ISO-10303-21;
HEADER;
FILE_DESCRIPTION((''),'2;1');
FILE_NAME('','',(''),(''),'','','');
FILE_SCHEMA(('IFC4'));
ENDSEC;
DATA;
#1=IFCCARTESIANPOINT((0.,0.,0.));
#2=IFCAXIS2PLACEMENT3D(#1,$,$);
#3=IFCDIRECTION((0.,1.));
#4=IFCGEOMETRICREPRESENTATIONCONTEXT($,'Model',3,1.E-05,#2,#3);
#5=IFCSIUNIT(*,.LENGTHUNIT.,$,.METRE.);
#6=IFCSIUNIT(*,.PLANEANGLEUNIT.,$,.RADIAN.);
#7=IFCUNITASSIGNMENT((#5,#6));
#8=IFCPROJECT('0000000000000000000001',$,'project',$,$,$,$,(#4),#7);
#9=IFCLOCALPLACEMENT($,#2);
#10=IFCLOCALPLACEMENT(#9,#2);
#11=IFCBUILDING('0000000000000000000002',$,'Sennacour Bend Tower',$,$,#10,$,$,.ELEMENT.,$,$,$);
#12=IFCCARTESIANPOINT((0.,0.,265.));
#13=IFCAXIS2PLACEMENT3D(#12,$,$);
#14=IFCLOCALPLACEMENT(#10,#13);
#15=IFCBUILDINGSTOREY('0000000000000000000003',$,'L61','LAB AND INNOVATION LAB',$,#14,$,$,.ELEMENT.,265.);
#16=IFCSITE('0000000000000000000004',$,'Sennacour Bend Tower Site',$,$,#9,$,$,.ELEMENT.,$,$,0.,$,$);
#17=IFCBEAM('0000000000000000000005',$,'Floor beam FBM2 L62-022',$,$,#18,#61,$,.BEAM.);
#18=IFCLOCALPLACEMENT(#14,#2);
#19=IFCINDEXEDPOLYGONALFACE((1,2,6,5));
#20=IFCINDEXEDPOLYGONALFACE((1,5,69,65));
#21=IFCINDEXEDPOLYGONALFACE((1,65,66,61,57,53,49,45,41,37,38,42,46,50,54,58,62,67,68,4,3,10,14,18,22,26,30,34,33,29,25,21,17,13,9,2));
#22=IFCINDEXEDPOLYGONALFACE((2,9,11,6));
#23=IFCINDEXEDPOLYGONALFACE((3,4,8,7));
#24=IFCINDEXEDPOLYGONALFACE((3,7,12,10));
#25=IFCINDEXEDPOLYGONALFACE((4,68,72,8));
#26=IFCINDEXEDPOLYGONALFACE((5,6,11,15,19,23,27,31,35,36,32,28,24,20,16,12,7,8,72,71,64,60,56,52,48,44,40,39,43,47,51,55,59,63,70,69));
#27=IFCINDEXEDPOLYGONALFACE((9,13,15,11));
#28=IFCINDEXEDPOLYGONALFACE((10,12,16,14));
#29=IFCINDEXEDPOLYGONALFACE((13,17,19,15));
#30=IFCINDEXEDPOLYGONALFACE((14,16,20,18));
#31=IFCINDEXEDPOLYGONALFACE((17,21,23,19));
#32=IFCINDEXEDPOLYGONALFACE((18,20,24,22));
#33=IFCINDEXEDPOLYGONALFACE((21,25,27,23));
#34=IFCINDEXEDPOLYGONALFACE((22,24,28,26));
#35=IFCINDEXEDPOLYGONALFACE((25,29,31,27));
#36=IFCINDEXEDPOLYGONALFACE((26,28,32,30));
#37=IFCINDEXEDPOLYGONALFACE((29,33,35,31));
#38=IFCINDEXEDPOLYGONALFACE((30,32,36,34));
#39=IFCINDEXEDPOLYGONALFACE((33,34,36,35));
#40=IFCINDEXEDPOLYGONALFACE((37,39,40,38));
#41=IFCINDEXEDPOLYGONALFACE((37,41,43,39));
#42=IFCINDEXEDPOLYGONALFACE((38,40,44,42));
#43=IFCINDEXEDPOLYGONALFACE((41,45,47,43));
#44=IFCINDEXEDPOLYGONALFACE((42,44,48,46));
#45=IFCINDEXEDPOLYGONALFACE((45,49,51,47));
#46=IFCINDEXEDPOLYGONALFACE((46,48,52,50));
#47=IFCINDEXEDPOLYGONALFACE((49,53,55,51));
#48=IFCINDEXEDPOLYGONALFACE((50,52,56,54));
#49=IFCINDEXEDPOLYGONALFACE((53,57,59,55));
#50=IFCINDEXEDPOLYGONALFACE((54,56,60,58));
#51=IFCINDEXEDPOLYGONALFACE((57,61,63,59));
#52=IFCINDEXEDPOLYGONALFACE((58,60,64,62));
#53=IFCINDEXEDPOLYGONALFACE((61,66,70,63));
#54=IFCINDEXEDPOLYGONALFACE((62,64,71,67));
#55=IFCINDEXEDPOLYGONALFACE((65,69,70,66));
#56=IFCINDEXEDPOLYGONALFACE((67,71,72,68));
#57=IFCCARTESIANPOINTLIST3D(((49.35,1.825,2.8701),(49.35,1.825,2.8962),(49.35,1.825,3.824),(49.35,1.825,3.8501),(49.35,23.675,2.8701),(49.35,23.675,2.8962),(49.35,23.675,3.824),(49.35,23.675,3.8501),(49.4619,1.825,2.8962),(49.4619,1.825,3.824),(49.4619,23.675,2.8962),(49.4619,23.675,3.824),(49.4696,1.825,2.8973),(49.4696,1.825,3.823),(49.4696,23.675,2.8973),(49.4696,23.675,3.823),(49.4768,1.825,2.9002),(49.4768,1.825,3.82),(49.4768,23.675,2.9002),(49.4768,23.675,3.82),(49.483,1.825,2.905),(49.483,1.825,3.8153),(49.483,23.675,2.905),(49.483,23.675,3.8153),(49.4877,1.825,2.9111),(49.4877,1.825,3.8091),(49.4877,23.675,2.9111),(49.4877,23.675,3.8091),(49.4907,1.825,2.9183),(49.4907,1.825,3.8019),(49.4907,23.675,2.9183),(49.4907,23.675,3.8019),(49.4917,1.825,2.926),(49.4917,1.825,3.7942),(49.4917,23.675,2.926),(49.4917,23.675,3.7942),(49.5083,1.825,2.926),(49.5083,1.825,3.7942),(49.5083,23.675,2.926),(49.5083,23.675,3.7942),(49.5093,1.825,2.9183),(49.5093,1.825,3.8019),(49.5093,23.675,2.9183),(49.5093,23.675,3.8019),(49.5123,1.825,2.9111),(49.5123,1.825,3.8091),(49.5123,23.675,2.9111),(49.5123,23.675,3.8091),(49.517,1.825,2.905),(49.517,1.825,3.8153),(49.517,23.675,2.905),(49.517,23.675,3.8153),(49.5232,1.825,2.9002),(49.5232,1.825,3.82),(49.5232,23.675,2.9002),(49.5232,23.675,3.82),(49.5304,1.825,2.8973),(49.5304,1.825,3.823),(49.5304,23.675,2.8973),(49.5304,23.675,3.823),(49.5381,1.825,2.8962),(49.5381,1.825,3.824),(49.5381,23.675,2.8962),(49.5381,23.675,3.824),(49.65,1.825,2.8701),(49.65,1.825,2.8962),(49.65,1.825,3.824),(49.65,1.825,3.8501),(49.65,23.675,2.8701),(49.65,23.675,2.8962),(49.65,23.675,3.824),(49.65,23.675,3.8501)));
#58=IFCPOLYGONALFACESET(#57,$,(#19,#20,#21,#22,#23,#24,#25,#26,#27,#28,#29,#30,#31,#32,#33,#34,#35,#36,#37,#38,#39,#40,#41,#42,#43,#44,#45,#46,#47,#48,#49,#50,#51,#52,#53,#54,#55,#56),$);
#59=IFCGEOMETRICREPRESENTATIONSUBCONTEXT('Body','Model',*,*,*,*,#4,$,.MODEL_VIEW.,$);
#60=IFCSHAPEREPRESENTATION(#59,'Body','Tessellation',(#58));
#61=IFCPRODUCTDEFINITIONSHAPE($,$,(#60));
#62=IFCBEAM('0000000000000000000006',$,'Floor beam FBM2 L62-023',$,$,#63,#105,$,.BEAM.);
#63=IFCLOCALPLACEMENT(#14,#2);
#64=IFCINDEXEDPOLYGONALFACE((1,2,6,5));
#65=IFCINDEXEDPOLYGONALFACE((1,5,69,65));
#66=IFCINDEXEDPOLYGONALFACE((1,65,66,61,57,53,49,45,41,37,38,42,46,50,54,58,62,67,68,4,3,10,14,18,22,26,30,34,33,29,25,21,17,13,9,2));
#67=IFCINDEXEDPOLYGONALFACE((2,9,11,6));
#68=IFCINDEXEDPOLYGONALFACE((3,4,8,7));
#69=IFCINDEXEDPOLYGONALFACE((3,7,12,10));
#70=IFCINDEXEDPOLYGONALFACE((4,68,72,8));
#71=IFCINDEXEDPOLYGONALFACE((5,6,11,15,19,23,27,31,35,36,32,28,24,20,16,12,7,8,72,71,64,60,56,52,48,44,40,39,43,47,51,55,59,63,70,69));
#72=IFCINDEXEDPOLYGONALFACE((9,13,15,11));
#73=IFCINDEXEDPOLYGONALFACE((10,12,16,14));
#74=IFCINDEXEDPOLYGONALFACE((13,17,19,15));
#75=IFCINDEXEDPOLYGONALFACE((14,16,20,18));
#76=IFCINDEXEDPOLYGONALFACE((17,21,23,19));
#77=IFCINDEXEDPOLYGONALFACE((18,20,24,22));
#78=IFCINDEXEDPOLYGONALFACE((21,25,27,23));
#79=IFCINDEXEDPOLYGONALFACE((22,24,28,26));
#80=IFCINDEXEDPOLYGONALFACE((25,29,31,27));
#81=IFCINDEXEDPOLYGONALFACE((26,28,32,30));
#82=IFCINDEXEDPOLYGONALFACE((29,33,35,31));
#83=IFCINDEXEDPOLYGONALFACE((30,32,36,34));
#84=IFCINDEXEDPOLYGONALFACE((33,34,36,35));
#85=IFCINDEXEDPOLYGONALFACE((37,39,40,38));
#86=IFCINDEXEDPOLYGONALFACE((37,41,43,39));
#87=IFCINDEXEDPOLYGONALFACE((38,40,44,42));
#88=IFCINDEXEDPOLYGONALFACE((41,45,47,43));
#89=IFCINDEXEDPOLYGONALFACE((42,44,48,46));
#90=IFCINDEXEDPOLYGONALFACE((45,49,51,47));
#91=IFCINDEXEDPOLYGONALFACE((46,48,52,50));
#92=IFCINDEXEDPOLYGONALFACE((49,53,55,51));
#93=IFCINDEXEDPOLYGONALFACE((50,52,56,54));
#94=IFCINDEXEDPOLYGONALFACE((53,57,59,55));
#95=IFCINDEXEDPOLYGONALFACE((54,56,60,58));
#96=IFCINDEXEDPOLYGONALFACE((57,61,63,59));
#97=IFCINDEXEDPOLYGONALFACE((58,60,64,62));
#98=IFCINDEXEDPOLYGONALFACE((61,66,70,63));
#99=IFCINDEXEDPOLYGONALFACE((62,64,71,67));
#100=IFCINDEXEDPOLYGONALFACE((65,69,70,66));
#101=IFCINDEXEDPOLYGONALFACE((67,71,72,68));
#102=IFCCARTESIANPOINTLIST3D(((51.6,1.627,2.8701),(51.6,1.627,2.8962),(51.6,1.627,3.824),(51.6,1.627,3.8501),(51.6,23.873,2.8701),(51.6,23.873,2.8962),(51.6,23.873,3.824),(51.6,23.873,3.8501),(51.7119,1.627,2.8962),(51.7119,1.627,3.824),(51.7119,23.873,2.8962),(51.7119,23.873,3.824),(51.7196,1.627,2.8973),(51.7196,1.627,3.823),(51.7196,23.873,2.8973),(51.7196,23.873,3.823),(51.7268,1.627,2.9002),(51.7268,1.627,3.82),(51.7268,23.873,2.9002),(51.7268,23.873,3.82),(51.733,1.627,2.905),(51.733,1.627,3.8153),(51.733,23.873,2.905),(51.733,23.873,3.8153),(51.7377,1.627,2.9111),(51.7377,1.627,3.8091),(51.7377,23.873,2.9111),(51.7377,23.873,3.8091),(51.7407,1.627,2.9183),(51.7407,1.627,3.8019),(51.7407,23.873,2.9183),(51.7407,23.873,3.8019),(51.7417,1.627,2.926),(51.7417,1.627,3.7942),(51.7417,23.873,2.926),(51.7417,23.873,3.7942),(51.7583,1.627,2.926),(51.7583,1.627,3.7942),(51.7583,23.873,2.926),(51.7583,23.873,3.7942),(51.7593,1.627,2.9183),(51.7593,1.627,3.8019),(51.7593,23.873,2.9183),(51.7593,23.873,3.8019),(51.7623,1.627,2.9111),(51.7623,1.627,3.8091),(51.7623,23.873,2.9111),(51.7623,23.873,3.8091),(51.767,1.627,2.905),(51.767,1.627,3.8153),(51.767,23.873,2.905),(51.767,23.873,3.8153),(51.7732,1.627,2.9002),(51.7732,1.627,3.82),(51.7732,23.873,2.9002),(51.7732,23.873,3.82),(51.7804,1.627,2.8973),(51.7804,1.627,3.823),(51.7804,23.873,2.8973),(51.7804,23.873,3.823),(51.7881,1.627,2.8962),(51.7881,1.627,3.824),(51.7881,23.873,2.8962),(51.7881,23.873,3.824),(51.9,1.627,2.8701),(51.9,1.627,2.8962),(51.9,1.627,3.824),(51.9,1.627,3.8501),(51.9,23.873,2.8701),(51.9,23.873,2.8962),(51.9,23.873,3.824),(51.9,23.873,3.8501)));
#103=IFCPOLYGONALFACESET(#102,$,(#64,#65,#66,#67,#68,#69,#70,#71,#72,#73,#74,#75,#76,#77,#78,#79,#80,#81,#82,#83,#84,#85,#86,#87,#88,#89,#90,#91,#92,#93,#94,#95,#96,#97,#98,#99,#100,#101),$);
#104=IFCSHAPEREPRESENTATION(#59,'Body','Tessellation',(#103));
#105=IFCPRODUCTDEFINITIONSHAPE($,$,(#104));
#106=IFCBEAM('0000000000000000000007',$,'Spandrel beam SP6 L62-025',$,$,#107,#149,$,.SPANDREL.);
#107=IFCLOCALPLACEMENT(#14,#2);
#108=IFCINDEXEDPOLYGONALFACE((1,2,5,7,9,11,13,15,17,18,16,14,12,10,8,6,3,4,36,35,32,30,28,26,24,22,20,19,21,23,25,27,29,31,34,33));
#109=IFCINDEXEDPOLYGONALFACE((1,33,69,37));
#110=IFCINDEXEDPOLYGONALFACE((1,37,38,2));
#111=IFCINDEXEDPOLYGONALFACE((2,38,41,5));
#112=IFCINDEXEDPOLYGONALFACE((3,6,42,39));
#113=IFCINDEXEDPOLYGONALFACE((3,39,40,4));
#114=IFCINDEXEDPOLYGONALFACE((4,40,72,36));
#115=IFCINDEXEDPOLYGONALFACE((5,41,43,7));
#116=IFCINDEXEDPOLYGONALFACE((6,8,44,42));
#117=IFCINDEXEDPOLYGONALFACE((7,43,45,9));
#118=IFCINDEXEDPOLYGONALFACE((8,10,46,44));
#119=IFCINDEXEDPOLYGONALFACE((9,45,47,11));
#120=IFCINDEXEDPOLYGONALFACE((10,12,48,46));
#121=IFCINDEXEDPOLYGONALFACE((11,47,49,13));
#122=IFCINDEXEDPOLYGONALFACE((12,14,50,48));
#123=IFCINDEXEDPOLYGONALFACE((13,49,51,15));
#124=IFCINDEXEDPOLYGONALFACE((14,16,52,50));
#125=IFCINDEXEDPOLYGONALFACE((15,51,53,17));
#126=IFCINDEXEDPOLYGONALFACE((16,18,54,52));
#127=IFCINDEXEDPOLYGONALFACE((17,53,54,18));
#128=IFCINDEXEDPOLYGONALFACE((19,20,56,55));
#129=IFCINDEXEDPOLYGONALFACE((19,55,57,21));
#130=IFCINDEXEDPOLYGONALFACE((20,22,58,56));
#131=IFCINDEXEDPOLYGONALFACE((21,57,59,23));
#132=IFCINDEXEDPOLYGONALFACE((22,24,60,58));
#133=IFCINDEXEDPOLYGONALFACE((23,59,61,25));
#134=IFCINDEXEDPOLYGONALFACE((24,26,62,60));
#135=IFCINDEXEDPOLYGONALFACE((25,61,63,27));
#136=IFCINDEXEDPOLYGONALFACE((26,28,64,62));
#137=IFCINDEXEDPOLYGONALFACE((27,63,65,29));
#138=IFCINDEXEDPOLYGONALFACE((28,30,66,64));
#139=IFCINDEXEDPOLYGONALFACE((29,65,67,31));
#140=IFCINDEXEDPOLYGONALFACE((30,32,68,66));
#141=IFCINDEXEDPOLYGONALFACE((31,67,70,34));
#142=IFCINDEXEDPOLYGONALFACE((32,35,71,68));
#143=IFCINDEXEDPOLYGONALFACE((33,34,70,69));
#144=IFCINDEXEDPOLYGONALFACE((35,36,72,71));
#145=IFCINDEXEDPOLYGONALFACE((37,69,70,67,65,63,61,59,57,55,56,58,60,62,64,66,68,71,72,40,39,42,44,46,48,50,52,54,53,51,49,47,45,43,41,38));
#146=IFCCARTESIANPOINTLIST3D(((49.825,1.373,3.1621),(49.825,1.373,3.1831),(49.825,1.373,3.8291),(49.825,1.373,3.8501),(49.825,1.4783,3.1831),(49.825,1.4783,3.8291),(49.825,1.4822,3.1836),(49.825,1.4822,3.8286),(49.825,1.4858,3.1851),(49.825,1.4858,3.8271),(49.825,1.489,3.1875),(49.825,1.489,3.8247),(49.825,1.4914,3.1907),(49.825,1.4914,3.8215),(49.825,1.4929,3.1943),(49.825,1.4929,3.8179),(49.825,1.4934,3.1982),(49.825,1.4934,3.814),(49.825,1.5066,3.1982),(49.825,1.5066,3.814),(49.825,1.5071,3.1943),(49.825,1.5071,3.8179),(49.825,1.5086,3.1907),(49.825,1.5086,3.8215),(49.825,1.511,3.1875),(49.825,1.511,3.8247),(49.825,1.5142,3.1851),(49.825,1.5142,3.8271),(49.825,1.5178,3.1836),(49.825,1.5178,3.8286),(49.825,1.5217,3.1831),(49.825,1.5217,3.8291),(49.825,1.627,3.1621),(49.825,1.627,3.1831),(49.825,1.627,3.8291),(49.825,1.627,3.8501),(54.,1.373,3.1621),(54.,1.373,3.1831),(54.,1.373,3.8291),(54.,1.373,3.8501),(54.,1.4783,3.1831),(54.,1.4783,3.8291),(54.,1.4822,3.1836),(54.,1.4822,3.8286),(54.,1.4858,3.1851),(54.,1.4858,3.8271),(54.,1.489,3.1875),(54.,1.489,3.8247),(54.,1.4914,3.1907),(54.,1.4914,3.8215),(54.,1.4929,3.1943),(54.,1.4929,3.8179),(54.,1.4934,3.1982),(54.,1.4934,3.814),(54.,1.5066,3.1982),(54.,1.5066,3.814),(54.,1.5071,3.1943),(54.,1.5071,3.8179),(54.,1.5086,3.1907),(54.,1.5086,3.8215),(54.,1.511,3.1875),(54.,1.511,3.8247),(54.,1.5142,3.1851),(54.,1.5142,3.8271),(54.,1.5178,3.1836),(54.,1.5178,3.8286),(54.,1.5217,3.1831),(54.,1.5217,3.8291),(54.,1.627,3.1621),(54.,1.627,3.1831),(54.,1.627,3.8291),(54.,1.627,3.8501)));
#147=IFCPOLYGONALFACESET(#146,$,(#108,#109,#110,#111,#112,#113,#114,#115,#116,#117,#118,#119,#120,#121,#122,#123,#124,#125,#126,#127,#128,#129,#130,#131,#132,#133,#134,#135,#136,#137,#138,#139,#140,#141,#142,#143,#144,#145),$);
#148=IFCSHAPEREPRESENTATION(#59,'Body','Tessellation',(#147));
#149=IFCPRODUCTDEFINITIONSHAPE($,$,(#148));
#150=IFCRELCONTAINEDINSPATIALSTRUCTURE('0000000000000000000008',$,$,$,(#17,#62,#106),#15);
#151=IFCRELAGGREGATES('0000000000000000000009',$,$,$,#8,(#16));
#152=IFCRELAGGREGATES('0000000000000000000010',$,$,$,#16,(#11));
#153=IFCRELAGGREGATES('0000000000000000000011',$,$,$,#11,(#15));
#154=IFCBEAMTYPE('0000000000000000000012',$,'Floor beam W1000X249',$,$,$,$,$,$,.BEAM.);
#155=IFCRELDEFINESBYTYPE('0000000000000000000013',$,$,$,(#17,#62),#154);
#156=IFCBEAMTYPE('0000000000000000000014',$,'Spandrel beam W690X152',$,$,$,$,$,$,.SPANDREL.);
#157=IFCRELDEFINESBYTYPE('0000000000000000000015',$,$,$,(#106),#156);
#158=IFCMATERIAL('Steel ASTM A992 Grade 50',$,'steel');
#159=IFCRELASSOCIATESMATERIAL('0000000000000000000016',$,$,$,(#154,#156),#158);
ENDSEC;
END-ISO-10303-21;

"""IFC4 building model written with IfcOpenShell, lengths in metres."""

from ifc_helpers import new_model, si_unit, direction, frame, origin, origin_2d, place, context, subcontext, project, spatial, i_section, extrude, material, material_profile, profile_set, type_object, element, save


model = new_model("IFC4")

# Units and contexts
model_context = context("Model", 3, precision=1e-05, world=origin(), true_north=direction((0.0, 1.0)))
body_context = subcontext(model_context, "Body", "Model", "MODEL_VIEW")
ifc_project = project(units=[si_unit("LENGTHUNIT", "METRE"), si_unit("PLANEANGLEUNIT", "RADIAN")], contexts=[model_context])

# Site, building, storey
site_placement = place(None, origin())
site = spatial("IfcSite", under=ifc_project, at=site_placement, Name="Sennacour Bend Tower Site", CompositionType="ELEMENT", RefElevation=0.0)
building_placement = place(site_placement, origin())
building = spatial("IfcBuilding", under=site, at=building_placement, Name="Sennacour Bend Tower", CompositionType="ELEMENT")
storey_placement = place(building_placement, frame((0.0, 0.0, 265.0)))
storey = spatial("IfcBuildingStorey", under=building, at=storey_placement, Name="L61", Description="LAB AND INNOVATION LAB", CompositionType="ELEMENT", Elevation=265.0)

# Beams
ifc_material_1 = material(Name="Steel ASTM A992 Grade 50", Category="steel")
ifc_material_profile_1 = material_profile(ifc_material_1, i_section(OverallWidth=0.3, OverallDepth=0.98, WebThickness=0.0166, FlangeThickness=0.0261, FilletRadius=0.0298, at=origin_2d()), Name="Steel ASTM A992 Grade 50", Category="steel")
ifc_profile_set_1 = profile_set([ifc_material_profile_1], Name="Steel ASTM A992 Grade 50")
beam_type_1 = type_object("IfcBeamType", Name="Floor beam W1000X249", PredefinedType="BEAM", material=ifc_profile_set_1)
beam_1_placement = place(storey_placement, frame((49.5, 1.825, 3.3601), z_axis=(0.0, 1.0, 0.0), x_axis=(-1.0, 0.0, 0.0)))
element("IfcBeam", 1, at=beam_1_placement, inside=storey, type_object=beam_type_1, Name="Floor beam FBM2 L62-022", PredefinedType="BEAM", context=body_context, shape_type="SweptSolid", body=[
    extrude(i_section(OverallWidth=0.3, OverallDepth=0.98, WebThickness=0.0166, FlangeThickness=0.0261, FilletRadius=0.0298, at=origin_2d()), origin(), (0.0, 0.0, 1.0), 21.8501),
])
beam_2_placement = place(storey_placement, frame((51.75, 1.627, 3.3601), z_axis=(0.0, 1.0, 0.0), x_axis=(-1.0, 0.0, 0.0)))
element("IfcBeam", 2, at=beam_2_placement, inside=storey, type_object=beam_type_1, Name="Floor beam FBM2 L62-023", PredefinedType="BEAM", context=body_context, shape_type="SweptSolid", body=[
    extrude(i_section(OverallWidth=0.3, OverallDepth=0.98, WebThickness=0.0166, FlangeThickness=0.0261, FilletRadius=0.0298, at=origin_2d()), origin(), (0.0, 0.0, 1.0), 22.2461),
])
ifc_material_profile_2 = material_profile(ifc_material_1, i_section(OverallWidth=0.2539, OverallDepth=0.688, WebThickness=0.0132, FlangeThickness=0.021, FilletRadius=0.0151, at=origin_2d()), Name="Steel ASTM A992 Grade 50", Category="steel")
ifc_profile_set_2 = profile_set([ifc_material_profile_2], Name="Steel ASTM A992 Grade 50")
beam_type_2 = type_object("IfcBeamType", Name="Spandrel beam W690X152", PredefinedType="SPANDREL", material=ifc_profile_set_2)
beam_3_placement = place(storey_placement, frame((54.0, 1.5, 3.5061), z_axis=(-1.0, 0.0, 0.0), x_axis=(0.0, -1.0, 0.0)))
element("IfcBeam", 3, at=beam_3_placement, inside=storey, type_object=beam_type_2, Name="Spandrel beam SP6 L62-025", PredefinedType="SPANDREL", context=body_context, shape_type="SweptSolid", body=[
    extrude(i_section(OverallWidth=0.2539, OverallDepth=0.688, WebThickness=0.0132, FlangeThickness=0.021, FilletRadius=0.0151, at=origin_2d()), origin(), (0.0, 0.0, 1.0), 4.175),
])

save(model, "model.ifc")
